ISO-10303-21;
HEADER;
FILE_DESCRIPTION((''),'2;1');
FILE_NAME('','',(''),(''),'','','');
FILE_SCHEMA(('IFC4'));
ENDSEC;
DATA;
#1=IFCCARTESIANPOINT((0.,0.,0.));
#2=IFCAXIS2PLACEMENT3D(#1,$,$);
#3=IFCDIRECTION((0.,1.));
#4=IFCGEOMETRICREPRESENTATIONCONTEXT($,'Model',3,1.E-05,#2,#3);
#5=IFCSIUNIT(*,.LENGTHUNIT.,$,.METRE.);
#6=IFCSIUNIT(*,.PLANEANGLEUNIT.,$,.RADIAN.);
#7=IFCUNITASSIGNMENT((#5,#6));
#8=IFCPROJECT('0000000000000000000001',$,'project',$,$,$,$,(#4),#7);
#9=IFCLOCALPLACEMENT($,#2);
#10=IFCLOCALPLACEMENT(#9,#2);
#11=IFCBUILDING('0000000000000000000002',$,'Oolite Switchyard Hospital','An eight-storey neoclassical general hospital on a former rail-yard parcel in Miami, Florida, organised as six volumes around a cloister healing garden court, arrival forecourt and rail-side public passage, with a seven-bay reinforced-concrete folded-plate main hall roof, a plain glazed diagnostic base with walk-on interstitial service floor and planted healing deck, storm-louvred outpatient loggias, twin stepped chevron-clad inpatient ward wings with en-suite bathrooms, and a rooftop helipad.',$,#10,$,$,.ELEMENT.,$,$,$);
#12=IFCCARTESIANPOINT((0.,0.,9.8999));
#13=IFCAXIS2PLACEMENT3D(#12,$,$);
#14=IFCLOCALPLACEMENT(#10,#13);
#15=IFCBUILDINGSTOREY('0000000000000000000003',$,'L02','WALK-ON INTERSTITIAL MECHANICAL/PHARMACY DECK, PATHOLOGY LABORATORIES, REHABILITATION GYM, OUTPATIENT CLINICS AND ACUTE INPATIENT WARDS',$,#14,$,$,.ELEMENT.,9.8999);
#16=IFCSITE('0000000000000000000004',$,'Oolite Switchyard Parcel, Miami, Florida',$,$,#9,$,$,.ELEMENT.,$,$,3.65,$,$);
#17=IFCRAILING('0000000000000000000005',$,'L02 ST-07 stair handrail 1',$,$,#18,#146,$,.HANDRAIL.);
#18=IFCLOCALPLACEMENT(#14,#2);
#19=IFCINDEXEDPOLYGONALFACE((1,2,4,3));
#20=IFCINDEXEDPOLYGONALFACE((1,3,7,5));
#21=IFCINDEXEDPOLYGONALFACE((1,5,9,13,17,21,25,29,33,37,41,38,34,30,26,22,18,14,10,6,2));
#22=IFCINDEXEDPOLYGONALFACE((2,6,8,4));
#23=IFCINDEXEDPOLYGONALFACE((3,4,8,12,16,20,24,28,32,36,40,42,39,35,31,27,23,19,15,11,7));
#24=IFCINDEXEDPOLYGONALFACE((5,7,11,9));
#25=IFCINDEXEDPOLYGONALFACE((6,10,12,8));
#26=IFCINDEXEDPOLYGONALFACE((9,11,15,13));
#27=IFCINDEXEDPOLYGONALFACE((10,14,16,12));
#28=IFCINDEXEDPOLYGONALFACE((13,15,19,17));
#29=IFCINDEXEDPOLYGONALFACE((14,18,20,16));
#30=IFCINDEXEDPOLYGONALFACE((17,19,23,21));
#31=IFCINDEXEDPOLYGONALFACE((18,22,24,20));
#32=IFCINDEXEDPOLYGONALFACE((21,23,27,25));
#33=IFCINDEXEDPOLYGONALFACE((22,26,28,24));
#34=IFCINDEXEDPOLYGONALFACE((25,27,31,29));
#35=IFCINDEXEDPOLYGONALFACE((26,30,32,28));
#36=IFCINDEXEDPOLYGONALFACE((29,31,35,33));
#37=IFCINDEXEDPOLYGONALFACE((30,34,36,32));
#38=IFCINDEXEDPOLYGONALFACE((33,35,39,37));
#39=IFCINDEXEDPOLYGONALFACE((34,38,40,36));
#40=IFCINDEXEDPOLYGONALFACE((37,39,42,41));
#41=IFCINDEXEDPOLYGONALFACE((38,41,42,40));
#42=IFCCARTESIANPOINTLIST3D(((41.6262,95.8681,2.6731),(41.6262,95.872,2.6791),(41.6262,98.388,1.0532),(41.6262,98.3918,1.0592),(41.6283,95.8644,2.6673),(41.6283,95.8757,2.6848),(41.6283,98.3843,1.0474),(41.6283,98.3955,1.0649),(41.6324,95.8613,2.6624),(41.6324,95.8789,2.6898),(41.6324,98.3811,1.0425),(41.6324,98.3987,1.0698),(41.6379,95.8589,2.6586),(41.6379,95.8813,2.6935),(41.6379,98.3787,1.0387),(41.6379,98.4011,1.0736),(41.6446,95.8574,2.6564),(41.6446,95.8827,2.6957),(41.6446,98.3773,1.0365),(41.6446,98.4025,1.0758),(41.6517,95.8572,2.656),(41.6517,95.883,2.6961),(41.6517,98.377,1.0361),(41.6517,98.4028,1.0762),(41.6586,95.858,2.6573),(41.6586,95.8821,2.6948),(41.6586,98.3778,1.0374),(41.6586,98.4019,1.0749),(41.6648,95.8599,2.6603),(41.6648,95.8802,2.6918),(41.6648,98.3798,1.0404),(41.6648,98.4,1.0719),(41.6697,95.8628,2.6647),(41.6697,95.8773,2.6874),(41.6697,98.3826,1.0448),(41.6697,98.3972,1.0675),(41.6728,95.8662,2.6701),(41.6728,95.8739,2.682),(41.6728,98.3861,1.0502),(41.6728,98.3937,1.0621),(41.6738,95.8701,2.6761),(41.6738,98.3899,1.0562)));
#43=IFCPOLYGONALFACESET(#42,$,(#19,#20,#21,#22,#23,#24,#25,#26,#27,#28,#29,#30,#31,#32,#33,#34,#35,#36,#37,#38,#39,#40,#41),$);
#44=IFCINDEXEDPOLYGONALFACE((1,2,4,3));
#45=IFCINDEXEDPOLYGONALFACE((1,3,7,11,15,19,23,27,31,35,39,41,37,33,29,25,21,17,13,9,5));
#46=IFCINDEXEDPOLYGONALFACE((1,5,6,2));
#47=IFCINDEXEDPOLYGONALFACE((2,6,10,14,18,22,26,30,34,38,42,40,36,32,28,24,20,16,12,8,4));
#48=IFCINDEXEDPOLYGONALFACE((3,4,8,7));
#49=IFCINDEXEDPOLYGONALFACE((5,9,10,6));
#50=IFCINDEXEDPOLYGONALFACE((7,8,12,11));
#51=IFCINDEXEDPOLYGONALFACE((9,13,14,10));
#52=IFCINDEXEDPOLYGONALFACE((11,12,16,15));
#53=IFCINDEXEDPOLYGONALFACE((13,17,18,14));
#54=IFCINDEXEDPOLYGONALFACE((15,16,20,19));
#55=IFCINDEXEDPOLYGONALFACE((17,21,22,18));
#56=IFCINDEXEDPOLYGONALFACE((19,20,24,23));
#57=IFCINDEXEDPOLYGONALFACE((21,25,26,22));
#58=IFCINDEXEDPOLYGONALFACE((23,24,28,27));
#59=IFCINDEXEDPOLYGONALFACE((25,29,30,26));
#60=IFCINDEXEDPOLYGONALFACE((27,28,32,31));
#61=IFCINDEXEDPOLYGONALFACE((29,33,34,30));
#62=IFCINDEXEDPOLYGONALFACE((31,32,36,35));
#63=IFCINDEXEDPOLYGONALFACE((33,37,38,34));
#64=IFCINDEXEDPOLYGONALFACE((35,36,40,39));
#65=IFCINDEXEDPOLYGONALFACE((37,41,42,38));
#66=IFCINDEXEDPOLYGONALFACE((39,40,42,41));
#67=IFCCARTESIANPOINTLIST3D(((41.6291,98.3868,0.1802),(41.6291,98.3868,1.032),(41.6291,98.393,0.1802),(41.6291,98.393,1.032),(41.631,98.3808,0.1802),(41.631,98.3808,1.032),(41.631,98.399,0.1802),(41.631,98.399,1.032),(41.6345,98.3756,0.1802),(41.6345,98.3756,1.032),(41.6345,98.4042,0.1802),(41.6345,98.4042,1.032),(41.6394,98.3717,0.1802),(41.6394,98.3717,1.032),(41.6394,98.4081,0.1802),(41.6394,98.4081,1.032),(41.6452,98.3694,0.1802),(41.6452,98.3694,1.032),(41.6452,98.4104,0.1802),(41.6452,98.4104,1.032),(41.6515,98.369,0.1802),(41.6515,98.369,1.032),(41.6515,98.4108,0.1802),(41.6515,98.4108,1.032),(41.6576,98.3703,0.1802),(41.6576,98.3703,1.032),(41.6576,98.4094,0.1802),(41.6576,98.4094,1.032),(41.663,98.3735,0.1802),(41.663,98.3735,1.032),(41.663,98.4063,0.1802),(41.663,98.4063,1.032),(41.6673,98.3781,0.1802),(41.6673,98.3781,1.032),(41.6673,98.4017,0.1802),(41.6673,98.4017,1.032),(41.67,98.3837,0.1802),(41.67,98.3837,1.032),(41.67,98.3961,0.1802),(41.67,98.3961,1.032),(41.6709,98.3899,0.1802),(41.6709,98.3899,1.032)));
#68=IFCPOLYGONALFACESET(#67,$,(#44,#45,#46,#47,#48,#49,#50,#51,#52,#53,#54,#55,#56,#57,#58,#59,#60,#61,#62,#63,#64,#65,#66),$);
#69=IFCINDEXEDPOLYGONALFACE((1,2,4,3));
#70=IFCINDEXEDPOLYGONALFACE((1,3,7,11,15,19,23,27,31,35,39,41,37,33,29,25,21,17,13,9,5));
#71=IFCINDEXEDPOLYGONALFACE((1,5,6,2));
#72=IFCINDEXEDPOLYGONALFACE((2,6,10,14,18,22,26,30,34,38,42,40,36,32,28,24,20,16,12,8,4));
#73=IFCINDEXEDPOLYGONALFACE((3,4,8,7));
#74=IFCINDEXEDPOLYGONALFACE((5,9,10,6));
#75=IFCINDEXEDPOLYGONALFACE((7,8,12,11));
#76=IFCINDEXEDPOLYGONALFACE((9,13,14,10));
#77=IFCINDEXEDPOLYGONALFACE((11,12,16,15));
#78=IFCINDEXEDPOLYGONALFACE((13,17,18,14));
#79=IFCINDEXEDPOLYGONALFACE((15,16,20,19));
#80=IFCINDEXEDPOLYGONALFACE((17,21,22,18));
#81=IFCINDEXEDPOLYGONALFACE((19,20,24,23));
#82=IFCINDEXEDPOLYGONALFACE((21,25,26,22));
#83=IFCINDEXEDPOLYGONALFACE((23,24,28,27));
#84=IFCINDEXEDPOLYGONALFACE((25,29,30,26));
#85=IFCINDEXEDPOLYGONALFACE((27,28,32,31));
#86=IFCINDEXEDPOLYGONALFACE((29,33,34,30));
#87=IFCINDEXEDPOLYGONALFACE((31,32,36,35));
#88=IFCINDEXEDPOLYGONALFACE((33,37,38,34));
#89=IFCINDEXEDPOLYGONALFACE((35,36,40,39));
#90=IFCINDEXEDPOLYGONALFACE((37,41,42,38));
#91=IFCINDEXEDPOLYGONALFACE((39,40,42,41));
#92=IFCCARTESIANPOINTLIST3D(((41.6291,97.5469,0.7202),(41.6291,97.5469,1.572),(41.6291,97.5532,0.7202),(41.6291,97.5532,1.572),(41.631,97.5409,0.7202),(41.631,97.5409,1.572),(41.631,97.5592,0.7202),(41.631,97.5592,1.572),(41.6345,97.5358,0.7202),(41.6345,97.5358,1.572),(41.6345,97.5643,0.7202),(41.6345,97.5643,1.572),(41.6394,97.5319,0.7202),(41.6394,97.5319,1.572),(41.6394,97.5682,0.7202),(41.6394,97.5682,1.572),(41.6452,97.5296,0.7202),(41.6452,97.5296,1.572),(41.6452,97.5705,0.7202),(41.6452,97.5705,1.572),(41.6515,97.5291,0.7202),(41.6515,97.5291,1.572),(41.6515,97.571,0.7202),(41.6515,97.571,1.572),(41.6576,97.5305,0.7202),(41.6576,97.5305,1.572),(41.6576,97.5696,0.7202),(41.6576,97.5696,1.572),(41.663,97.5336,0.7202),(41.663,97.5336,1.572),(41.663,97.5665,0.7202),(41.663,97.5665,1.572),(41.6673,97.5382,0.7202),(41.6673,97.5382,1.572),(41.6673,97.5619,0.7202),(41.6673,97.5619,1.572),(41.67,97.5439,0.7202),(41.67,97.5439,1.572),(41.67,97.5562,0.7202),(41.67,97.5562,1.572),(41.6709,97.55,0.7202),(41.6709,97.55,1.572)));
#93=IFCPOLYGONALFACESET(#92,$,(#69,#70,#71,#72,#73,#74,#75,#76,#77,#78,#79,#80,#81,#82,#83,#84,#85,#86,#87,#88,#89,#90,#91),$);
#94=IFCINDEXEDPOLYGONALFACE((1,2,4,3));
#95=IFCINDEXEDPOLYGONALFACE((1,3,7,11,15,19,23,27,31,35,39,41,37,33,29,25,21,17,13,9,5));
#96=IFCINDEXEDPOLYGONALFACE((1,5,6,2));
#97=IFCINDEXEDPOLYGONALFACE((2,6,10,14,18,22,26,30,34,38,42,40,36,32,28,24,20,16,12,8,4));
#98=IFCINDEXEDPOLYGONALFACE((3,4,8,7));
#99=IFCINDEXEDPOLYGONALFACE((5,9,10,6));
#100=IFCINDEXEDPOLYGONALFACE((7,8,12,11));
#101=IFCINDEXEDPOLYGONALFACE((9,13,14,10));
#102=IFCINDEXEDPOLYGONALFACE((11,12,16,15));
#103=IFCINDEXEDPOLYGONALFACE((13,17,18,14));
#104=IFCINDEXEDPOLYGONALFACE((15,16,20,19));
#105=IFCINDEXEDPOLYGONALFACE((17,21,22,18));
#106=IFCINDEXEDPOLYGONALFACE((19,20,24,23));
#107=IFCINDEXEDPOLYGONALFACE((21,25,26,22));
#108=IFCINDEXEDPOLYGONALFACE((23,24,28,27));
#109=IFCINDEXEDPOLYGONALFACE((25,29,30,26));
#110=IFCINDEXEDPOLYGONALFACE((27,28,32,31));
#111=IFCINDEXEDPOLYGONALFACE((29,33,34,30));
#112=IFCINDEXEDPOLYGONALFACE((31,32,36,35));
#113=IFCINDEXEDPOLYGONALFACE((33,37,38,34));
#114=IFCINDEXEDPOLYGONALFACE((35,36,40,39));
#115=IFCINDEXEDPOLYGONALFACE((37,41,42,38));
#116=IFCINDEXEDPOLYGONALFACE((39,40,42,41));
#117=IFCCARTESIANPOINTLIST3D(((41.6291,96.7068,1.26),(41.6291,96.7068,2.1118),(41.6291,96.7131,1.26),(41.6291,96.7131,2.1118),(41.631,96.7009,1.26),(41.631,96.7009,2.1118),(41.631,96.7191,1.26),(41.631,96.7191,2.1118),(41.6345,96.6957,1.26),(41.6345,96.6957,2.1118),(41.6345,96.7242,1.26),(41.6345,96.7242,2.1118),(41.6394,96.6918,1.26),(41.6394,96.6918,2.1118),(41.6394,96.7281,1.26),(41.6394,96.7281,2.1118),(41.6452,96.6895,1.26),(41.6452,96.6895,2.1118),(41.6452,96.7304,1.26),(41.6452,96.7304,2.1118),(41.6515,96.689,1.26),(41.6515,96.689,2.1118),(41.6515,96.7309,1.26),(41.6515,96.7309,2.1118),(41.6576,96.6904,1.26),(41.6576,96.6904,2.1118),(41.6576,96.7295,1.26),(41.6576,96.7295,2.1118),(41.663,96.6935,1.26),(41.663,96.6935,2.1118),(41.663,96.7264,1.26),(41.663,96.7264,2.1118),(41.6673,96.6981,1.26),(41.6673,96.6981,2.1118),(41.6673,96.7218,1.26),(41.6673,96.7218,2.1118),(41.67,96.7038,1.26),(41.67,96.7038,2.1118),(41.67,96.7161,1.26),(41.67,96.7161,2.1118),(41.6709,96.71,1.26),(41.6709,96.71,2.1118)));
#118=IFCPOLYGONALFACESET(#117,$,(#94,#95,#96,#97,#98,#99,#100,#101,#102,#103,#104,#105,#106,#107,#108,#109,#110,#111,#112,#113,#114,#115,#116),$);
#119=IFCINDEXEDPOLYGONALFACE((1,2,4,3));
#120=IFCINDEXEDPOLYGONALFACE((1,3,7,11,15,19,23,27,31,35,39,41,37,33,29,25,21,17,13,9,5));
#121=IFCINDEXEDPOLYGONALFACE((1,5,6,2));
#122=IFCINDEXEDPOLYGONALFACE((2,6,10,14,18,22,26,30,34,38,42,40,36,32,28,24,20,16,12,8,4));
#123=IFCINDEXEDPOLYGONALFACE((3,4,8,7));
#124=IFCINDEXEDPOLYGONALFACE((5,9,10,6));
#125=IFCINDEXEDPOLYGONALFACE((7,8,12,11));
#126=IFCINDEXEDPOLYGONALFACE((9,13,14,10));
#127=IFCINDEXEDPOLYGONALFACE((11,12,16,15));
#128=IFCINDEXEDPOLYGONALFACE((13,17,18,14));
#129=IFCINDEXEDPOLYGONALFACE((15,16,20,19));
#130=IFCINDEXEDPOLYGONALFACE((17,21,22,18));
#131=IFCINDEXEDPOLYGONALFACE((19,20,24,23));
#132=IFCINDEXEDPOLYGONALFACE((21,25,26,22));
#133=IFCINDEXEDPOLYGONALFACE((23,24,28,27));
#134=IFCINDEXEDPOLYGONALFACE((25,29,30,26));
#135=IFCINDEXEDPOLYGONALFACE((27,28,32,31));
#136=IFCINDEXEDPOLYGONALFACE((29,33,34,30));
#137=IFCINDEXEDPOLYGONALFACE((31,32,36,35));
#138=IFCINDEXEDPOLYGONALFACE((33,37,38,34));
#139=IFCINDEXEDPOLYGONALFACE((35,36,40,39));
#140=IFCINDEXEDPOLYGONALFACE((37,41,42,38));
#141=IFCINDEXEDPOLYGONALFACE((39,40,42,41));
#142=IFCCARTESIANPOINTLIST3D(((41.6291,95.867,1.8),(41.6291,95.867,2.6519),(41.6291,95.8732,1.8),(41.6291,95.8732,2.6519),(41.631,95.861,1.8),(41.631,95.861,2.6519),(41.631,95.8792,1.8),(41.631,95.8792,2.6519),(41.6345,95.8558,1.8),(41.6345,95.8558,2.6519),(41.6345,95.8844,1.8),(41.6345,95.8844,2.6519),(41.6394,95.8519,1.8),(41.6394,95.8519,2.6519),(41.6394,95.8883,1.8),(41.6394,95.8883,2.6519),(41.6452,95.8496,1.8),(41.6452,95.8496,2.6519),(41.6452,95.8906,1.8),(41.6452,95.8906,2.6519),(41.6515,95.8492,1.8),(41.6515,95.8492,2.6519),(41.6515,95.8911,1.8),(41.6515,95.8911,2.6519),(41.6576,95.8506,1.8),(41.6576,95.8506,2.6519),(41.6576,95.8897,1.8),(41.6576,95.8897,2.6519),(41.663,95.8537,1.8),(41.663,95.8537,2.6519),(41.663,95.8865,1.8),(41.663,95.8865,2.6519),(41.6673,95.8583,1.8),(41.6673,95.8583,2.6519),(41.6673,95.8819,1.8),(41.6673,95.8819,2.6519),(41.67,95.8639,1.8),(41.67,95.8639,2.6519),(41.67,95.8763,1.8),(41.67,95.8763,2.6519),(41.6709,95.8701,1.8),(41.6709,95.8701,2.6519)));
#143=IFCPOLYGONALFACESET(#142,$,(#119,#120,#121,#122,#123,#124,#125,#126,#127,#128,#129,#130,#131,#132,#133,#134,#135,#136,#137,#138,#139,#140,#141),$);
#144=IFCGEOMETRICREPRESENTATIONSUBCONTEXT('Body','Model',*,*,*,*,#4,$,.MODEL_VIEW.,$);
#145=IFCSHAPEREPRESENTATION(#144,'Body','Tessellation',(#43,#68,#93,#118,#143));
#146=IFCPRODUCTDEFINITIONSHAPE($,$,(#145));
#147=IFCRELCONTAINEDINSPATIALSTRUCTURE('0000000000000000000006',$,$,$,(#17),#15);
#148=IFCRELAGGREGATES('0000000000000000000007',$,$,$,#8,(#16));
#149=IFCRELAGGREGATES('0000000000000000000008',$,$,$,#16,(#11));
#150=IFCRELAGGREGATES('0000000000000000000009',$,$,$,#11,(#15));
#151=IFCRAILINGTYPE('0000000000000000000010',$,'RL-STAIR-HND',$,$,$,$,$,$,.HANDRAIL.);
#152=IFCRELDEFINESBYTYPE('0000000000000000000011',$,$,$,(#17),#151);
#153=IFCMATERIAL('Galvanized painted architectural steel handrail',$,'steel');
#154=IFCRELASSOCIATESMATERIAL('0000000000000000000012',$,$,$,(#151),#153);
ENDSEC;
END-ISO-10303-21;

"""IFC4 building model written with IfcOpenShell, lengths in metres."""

from ifc_helpers import new_model, si_unit, direction, frame, origin, origin_2d, place, context, subcontext, project, spatial, circle, extrude, material, type_object, element, save


model = new_model("IFC4")

# Units and contexts
model_context = context("Model", 3, precision=1e-05, world=origin(), true_north=direction((0.0, 1.0)))
body_context = subcontext(model_context, "Body", "Model", "MODEL_VIEW")
ifc_project = project(units=[si_unit("LENGTHUNIT", "METRE"), si_unit("PLANEANGLEUNIT", "RADIAN")], contexts=[model_context])

# Site, building, storey
site_placement = place(None, origin())
site = spatial("IfcSite", under=ifc_project, at=site_placement, Name="Oolite Switchyard Parcel, Miami, Florida", CompositionType="ELEMENT", RefElevation=3.65)
building_placement = place(site_placement, origin())
building = spatial("IfcBuilding", under=site, at=building_placement, Name="Oolite Switchyard Hospital", Description="An eight-storey neoclassical general hospital on a former rail-yard parcel in Miami, Florida, organised as six volumes around a cloister healing garden court, arrival forecourt and rail-side public passage, with a seven-bay reinforced-concrete folded-plate main hall roof, a plain glazed diagnostic base with walk-on interstitial service floor and planted healing deck, storm-louvred outpatient loggias, twin stepped chevron-clad inpatient ward wings with en-suite bathrooms, and a rooftop helipad.", CompositionType="ELEMENT")
storey_placement = place(building_placement, frame((0.0, 0.0, 9.8999)))
storey = spatial("IfcBuildingStorey", under=building, at=storey_placement, Name="L02", Description="WALK-ON INTERSTITIAL MECHANICAL/PHARMACY DECK, PATHOLOGY LABORATORIES, REHABILITATION GYM, OUTPATIENT CLINICS AND ACUTE INPATIENT WARDS", CompositionType="ELEMENT", Elevation=9.8999)

# Railing
ifc_material_1 = material(Name="Galvanized painted architectural steel handrail", Category="steel")
railing_type_1 = type_object("IfcRailingType", Name="RL-STAIR-HND", PredefinedType="HANDRAIL", material=ifc_material_1)
railing_1_placement = place(storey_placement, frame((41.6499, 98.3899, 0.1802)))
element("IfcRailing", 1, at=railing_1_placement, inside=storey, type_object=railing_type_1, Name="L02 ST-07 stair handrail 1", PredefinedType="HANDRAIL", context=body_context, shape_type="SweptSolid", body=[
    extrude(circle(Radius=0.0239, at=origin_2d()), frame((0.0, 0.0, 0.876), z_axis=(0.0, -0.841176, 0.540762), x_axis=(1.0, 0.0, 0.0)), (0.0, 0.0, 1.0), 2.9956),
    extrude(circle(Radius=0.021, at=origin_2d()), origin(), (0.0, 0.0, 1.0), 0.8518),
    extrude(circle(Radius=0.021, at=origin_2d()), frame((0.0, -0.8398, 0.54)), (0.0, 0.0, 1.0), 0.8518),
    extrude(circle(Radius=0.021, at=origin_2d()), frame((0.0, -1.6799, 1.0798)), (0.0, 0.0, 1.0), 0.8518),
    extrude(circle(Radius=0.021, at=origin_2d()), frame((0.0, -2.5198, 1.6199)), (0.0, 0.0, 1.0), 0.8518),
])

save(model, "model.ifc")
